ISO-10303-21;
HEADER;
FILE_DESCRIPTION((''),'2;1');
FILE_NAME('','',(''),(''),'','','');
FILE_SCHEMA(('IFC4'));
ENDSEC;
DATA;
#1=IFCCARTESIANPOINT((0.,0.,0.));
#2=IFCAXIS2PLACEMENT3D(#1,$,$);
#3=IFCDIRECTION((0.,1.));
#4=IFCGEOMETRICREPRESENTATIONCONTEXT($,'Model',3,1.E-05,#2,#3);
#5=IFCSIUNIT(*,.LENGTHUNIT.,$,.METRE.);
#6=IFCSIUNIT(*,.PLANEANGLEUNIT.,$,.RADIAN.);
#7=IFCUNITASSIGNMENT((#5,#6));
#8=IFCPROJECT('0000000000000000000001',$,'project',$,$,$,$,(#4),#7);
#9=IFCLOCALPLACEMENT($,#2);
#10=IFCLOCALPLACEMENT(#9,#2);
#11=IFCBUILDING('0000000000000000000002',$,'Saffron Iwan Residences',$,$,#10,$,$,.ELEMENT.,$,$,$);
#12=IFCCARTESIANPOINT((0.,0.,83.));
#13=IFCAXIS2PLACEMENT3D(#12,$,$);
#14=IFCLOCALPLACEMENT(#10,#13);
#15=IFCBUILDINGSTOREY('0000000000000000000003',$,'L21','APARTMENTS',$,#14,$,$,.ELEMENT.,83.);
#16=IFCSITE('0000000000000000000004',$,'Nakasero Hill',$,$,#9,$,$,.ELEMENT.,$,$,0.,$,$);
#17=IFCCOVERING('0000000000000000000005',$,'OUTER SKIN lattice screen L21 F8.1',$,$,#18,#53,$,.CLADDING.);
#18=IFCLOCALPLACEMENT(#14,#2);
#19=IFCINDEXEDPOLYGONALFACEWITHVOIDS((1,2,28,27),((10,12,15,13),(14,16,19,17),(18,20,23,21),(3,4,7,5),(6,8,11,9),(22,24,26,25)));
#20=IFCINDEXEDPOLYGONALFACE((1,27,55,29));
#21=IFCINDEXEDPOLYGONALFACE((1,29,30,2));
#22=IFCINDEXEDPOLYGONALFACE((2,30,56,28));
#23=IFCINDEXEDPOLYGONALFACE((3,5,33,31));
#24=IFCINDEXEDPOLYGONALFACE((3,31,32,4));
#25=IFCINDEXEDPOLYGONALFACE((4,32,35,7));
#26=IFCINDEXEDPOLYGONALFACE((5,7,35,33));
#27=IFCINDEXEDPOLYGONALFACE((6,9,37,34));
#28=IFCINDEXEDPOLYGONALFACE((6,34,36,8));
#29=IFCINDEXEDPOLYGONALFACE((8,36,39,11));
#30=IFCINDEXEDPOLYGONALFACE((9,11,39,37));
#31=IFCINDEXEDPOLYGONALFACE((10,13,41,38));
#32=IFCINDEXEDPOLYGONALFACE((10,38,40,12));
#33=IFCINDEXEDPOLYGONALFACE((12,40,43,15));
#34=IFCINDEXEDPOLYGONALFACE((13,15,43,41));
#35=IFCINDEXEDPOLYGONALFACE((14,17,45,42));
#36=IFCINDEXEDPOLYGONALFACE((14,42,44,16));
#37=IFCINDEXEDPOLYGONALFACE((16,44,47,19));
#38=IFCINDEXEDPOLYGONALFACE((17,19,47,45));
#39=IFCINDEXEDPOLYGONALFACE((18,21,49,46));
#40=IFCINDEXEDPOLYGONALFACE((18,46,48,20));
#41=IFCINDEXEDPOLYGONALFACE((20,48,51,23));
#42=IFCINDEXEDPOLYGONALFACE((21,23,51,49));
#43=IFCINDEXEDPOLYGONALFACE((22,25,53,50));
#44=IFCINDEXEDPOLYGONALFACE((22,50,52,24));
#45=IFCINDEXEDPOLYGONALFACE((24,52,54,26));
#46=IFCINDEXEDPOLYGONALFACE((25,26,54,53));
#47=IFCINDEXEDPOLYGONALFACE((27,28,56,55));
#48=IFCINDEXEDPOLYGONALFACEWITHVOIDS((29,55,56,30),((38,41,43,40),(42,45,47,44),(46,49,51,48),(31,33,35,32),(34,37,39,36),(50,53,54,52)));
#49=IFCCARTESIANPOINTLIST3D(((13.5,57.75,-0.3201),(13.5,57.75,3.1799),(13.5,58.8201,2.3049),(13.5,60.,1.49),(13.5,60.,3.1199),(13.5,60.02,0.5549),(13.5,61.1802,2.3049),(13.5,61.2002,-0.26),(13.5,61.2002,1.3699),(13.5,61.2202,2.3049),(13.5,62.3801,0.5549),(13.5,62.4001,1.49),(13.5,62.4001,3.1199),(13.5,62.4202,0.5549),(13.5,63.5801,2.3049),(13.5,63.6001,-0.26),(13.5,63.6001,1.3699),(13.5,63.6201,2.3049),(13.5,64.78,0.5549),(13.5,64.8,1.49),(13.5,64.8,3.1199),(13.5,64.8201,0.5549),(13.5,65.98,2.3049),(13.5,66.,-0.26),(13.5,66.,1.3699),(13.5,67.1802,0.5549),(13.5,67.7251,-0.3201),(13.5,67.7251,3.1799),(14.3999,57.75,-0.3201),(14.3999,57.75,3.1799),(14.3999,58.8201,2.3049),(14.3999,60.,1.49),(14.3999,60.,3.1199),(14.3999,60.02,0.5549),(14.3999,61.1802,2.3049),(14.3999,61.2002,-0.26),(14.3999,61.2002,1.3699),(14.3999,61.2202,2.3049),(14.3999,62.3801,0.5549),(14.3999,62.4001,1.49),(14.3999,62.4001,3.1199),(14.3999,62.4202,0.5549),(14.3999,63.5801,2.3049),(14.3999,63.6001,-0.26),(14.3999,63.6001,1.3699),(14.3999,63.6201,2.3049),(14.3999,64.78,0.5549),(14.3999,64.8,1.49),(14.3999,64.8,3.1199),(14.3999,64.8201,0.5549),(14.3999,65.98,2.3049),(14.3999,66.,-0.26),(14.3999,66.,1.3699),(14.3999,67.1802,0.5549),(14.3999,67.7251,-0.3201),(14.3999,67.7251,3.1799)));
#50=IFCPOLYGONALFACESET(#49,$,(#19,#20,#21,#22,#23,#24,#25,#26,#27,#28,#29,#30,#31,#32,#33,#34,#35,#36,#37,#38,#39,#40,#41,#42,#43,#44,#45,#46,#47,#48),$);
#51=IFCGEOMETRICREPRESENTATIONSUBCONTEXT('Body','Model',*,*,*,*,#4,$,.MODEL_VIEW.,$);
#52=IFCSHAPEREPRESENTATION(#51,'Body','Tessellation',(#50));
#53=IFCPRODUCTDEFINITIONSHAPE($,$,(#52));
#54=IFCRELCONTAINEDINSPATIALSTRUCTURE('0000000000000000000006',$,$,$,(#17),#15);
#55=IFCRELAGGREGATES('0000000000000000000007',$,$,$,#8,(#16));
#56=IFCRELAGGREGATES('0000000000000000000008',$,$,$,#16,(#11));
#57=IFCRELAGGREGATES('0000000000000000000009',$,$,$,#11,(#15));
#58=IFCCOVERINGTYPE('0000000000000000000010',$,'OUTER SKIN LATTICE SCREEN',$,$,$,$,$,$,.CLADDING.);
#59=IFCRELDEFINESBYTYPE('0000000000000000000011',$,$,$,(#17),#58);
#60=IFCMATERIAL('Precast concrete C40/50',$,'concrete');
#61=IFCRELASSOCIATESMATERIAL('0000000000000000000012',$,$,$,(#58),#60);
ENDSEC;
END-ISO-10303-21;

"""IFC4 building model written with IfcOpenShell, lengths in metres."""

from ifc_helpers import new_model, si_unit, direction, frame, origin, place, context, subcontext, project, spatial, polyline, outline, extrude, material, type_object, element, save


model = new_model("IFC4")

# Units and contexts
model_context = context("Model", 3, precision=1e-05, world=origin(), true_north=direction((0.0, 1.0)))
body_context = subcontext(model_context, "Body", "Model", "MODEL_VIEW")
ifc_project = project(units=[si_unit("LENGTHUNIT", "METRE"), si_unit("PLANEANGLEUNIT", "RADIAN")], contexts=[model_context])

# Site, building, storey
site_placement = place(None, origin())
site = spatial("IfcSite", under=ifc_project, at=site_placement, Name="Nakasero Hill", CompositionType="ELEMENT", RefElevation=0.0)
building_placement = place(site_placement, origin())
building = spatial("IfcBuilding", under=site, at=building_placement, Name="Saffron Iwan Residences", CompositionType="ELEMENT")
storey_placement = place(building_placement, frame((0.0, 0.0, 83.0)))
storey = spatial("IfcBuildingStorey", under=building, at=storey_placement, Name="L21", Description="APARTMENTS", CompositionType="ELEMENT", Elevation=83.0)

# Covering
ifc_material_1 = material(Name="Precast concrete C40/50", Category="concrete")
covering_type = type_object("IfcCoveringType", Name="OUTER SKIN LATTICE SCREEN", PredefinedType="CLADDING", material=ifc_material_1)
covering_placement = place(storey_placement, frame((14.3999, 67.7251, -0.3201), z_axis=(-1.0, 0.0, 0.0), x_axis=(0.0, -1.0, 0.0)))
element("IfcCovering", 1, at=covering_placement, inside=storey, type_object=covering_type, Name="OUTER SKIN lattice screen L21 F8.1", PredefinedType="CLADDING", context=body_context, shape_type="SweptSolid", body=[
    extrude(outline(polyline([(0.0, 0.0), (9.9751, 0.0), (9.9751, 3.5), (0.0, 3.5), (0.0, 0.0)]), holes=[polyline([(0.5449, 0.875), (1.7251, 0.0601), (2.905, 0.875), (1.7251, 1.6899), (0.5449, 0.875)]), polyline([(2.9451, 0.875), (4.125, 0.0601), (5.3049, 0.875), (4.125, 1.6899), (2.9451, 0.875)]), polyline([(5.345, 0.875), (6.5249, 0.0601), (7.7051, 0.875), (6.5249, 1.6899), (5.345, 0.875)]), polyline([(1.7451, 2.625), (2.925, 1.8101), (4.105, 2.625), (2.925, 3.4399), (1.7451, 2.625)]), polyline([(4.145, 2.625), (5.325, 1.8101), (6.5049, 2.625), (5.325, 3.4399), (4.145, 2.625)]), polyline([(6.5449, 2.625), (7.7251, 1.8101), (8.905, 2.625), (7.7251, 3.4399), (6.5449, 2.625)])]), origin(), (0.0, 0.0, 1.0), 0.8999),
])

save(model, "model.ifc")
